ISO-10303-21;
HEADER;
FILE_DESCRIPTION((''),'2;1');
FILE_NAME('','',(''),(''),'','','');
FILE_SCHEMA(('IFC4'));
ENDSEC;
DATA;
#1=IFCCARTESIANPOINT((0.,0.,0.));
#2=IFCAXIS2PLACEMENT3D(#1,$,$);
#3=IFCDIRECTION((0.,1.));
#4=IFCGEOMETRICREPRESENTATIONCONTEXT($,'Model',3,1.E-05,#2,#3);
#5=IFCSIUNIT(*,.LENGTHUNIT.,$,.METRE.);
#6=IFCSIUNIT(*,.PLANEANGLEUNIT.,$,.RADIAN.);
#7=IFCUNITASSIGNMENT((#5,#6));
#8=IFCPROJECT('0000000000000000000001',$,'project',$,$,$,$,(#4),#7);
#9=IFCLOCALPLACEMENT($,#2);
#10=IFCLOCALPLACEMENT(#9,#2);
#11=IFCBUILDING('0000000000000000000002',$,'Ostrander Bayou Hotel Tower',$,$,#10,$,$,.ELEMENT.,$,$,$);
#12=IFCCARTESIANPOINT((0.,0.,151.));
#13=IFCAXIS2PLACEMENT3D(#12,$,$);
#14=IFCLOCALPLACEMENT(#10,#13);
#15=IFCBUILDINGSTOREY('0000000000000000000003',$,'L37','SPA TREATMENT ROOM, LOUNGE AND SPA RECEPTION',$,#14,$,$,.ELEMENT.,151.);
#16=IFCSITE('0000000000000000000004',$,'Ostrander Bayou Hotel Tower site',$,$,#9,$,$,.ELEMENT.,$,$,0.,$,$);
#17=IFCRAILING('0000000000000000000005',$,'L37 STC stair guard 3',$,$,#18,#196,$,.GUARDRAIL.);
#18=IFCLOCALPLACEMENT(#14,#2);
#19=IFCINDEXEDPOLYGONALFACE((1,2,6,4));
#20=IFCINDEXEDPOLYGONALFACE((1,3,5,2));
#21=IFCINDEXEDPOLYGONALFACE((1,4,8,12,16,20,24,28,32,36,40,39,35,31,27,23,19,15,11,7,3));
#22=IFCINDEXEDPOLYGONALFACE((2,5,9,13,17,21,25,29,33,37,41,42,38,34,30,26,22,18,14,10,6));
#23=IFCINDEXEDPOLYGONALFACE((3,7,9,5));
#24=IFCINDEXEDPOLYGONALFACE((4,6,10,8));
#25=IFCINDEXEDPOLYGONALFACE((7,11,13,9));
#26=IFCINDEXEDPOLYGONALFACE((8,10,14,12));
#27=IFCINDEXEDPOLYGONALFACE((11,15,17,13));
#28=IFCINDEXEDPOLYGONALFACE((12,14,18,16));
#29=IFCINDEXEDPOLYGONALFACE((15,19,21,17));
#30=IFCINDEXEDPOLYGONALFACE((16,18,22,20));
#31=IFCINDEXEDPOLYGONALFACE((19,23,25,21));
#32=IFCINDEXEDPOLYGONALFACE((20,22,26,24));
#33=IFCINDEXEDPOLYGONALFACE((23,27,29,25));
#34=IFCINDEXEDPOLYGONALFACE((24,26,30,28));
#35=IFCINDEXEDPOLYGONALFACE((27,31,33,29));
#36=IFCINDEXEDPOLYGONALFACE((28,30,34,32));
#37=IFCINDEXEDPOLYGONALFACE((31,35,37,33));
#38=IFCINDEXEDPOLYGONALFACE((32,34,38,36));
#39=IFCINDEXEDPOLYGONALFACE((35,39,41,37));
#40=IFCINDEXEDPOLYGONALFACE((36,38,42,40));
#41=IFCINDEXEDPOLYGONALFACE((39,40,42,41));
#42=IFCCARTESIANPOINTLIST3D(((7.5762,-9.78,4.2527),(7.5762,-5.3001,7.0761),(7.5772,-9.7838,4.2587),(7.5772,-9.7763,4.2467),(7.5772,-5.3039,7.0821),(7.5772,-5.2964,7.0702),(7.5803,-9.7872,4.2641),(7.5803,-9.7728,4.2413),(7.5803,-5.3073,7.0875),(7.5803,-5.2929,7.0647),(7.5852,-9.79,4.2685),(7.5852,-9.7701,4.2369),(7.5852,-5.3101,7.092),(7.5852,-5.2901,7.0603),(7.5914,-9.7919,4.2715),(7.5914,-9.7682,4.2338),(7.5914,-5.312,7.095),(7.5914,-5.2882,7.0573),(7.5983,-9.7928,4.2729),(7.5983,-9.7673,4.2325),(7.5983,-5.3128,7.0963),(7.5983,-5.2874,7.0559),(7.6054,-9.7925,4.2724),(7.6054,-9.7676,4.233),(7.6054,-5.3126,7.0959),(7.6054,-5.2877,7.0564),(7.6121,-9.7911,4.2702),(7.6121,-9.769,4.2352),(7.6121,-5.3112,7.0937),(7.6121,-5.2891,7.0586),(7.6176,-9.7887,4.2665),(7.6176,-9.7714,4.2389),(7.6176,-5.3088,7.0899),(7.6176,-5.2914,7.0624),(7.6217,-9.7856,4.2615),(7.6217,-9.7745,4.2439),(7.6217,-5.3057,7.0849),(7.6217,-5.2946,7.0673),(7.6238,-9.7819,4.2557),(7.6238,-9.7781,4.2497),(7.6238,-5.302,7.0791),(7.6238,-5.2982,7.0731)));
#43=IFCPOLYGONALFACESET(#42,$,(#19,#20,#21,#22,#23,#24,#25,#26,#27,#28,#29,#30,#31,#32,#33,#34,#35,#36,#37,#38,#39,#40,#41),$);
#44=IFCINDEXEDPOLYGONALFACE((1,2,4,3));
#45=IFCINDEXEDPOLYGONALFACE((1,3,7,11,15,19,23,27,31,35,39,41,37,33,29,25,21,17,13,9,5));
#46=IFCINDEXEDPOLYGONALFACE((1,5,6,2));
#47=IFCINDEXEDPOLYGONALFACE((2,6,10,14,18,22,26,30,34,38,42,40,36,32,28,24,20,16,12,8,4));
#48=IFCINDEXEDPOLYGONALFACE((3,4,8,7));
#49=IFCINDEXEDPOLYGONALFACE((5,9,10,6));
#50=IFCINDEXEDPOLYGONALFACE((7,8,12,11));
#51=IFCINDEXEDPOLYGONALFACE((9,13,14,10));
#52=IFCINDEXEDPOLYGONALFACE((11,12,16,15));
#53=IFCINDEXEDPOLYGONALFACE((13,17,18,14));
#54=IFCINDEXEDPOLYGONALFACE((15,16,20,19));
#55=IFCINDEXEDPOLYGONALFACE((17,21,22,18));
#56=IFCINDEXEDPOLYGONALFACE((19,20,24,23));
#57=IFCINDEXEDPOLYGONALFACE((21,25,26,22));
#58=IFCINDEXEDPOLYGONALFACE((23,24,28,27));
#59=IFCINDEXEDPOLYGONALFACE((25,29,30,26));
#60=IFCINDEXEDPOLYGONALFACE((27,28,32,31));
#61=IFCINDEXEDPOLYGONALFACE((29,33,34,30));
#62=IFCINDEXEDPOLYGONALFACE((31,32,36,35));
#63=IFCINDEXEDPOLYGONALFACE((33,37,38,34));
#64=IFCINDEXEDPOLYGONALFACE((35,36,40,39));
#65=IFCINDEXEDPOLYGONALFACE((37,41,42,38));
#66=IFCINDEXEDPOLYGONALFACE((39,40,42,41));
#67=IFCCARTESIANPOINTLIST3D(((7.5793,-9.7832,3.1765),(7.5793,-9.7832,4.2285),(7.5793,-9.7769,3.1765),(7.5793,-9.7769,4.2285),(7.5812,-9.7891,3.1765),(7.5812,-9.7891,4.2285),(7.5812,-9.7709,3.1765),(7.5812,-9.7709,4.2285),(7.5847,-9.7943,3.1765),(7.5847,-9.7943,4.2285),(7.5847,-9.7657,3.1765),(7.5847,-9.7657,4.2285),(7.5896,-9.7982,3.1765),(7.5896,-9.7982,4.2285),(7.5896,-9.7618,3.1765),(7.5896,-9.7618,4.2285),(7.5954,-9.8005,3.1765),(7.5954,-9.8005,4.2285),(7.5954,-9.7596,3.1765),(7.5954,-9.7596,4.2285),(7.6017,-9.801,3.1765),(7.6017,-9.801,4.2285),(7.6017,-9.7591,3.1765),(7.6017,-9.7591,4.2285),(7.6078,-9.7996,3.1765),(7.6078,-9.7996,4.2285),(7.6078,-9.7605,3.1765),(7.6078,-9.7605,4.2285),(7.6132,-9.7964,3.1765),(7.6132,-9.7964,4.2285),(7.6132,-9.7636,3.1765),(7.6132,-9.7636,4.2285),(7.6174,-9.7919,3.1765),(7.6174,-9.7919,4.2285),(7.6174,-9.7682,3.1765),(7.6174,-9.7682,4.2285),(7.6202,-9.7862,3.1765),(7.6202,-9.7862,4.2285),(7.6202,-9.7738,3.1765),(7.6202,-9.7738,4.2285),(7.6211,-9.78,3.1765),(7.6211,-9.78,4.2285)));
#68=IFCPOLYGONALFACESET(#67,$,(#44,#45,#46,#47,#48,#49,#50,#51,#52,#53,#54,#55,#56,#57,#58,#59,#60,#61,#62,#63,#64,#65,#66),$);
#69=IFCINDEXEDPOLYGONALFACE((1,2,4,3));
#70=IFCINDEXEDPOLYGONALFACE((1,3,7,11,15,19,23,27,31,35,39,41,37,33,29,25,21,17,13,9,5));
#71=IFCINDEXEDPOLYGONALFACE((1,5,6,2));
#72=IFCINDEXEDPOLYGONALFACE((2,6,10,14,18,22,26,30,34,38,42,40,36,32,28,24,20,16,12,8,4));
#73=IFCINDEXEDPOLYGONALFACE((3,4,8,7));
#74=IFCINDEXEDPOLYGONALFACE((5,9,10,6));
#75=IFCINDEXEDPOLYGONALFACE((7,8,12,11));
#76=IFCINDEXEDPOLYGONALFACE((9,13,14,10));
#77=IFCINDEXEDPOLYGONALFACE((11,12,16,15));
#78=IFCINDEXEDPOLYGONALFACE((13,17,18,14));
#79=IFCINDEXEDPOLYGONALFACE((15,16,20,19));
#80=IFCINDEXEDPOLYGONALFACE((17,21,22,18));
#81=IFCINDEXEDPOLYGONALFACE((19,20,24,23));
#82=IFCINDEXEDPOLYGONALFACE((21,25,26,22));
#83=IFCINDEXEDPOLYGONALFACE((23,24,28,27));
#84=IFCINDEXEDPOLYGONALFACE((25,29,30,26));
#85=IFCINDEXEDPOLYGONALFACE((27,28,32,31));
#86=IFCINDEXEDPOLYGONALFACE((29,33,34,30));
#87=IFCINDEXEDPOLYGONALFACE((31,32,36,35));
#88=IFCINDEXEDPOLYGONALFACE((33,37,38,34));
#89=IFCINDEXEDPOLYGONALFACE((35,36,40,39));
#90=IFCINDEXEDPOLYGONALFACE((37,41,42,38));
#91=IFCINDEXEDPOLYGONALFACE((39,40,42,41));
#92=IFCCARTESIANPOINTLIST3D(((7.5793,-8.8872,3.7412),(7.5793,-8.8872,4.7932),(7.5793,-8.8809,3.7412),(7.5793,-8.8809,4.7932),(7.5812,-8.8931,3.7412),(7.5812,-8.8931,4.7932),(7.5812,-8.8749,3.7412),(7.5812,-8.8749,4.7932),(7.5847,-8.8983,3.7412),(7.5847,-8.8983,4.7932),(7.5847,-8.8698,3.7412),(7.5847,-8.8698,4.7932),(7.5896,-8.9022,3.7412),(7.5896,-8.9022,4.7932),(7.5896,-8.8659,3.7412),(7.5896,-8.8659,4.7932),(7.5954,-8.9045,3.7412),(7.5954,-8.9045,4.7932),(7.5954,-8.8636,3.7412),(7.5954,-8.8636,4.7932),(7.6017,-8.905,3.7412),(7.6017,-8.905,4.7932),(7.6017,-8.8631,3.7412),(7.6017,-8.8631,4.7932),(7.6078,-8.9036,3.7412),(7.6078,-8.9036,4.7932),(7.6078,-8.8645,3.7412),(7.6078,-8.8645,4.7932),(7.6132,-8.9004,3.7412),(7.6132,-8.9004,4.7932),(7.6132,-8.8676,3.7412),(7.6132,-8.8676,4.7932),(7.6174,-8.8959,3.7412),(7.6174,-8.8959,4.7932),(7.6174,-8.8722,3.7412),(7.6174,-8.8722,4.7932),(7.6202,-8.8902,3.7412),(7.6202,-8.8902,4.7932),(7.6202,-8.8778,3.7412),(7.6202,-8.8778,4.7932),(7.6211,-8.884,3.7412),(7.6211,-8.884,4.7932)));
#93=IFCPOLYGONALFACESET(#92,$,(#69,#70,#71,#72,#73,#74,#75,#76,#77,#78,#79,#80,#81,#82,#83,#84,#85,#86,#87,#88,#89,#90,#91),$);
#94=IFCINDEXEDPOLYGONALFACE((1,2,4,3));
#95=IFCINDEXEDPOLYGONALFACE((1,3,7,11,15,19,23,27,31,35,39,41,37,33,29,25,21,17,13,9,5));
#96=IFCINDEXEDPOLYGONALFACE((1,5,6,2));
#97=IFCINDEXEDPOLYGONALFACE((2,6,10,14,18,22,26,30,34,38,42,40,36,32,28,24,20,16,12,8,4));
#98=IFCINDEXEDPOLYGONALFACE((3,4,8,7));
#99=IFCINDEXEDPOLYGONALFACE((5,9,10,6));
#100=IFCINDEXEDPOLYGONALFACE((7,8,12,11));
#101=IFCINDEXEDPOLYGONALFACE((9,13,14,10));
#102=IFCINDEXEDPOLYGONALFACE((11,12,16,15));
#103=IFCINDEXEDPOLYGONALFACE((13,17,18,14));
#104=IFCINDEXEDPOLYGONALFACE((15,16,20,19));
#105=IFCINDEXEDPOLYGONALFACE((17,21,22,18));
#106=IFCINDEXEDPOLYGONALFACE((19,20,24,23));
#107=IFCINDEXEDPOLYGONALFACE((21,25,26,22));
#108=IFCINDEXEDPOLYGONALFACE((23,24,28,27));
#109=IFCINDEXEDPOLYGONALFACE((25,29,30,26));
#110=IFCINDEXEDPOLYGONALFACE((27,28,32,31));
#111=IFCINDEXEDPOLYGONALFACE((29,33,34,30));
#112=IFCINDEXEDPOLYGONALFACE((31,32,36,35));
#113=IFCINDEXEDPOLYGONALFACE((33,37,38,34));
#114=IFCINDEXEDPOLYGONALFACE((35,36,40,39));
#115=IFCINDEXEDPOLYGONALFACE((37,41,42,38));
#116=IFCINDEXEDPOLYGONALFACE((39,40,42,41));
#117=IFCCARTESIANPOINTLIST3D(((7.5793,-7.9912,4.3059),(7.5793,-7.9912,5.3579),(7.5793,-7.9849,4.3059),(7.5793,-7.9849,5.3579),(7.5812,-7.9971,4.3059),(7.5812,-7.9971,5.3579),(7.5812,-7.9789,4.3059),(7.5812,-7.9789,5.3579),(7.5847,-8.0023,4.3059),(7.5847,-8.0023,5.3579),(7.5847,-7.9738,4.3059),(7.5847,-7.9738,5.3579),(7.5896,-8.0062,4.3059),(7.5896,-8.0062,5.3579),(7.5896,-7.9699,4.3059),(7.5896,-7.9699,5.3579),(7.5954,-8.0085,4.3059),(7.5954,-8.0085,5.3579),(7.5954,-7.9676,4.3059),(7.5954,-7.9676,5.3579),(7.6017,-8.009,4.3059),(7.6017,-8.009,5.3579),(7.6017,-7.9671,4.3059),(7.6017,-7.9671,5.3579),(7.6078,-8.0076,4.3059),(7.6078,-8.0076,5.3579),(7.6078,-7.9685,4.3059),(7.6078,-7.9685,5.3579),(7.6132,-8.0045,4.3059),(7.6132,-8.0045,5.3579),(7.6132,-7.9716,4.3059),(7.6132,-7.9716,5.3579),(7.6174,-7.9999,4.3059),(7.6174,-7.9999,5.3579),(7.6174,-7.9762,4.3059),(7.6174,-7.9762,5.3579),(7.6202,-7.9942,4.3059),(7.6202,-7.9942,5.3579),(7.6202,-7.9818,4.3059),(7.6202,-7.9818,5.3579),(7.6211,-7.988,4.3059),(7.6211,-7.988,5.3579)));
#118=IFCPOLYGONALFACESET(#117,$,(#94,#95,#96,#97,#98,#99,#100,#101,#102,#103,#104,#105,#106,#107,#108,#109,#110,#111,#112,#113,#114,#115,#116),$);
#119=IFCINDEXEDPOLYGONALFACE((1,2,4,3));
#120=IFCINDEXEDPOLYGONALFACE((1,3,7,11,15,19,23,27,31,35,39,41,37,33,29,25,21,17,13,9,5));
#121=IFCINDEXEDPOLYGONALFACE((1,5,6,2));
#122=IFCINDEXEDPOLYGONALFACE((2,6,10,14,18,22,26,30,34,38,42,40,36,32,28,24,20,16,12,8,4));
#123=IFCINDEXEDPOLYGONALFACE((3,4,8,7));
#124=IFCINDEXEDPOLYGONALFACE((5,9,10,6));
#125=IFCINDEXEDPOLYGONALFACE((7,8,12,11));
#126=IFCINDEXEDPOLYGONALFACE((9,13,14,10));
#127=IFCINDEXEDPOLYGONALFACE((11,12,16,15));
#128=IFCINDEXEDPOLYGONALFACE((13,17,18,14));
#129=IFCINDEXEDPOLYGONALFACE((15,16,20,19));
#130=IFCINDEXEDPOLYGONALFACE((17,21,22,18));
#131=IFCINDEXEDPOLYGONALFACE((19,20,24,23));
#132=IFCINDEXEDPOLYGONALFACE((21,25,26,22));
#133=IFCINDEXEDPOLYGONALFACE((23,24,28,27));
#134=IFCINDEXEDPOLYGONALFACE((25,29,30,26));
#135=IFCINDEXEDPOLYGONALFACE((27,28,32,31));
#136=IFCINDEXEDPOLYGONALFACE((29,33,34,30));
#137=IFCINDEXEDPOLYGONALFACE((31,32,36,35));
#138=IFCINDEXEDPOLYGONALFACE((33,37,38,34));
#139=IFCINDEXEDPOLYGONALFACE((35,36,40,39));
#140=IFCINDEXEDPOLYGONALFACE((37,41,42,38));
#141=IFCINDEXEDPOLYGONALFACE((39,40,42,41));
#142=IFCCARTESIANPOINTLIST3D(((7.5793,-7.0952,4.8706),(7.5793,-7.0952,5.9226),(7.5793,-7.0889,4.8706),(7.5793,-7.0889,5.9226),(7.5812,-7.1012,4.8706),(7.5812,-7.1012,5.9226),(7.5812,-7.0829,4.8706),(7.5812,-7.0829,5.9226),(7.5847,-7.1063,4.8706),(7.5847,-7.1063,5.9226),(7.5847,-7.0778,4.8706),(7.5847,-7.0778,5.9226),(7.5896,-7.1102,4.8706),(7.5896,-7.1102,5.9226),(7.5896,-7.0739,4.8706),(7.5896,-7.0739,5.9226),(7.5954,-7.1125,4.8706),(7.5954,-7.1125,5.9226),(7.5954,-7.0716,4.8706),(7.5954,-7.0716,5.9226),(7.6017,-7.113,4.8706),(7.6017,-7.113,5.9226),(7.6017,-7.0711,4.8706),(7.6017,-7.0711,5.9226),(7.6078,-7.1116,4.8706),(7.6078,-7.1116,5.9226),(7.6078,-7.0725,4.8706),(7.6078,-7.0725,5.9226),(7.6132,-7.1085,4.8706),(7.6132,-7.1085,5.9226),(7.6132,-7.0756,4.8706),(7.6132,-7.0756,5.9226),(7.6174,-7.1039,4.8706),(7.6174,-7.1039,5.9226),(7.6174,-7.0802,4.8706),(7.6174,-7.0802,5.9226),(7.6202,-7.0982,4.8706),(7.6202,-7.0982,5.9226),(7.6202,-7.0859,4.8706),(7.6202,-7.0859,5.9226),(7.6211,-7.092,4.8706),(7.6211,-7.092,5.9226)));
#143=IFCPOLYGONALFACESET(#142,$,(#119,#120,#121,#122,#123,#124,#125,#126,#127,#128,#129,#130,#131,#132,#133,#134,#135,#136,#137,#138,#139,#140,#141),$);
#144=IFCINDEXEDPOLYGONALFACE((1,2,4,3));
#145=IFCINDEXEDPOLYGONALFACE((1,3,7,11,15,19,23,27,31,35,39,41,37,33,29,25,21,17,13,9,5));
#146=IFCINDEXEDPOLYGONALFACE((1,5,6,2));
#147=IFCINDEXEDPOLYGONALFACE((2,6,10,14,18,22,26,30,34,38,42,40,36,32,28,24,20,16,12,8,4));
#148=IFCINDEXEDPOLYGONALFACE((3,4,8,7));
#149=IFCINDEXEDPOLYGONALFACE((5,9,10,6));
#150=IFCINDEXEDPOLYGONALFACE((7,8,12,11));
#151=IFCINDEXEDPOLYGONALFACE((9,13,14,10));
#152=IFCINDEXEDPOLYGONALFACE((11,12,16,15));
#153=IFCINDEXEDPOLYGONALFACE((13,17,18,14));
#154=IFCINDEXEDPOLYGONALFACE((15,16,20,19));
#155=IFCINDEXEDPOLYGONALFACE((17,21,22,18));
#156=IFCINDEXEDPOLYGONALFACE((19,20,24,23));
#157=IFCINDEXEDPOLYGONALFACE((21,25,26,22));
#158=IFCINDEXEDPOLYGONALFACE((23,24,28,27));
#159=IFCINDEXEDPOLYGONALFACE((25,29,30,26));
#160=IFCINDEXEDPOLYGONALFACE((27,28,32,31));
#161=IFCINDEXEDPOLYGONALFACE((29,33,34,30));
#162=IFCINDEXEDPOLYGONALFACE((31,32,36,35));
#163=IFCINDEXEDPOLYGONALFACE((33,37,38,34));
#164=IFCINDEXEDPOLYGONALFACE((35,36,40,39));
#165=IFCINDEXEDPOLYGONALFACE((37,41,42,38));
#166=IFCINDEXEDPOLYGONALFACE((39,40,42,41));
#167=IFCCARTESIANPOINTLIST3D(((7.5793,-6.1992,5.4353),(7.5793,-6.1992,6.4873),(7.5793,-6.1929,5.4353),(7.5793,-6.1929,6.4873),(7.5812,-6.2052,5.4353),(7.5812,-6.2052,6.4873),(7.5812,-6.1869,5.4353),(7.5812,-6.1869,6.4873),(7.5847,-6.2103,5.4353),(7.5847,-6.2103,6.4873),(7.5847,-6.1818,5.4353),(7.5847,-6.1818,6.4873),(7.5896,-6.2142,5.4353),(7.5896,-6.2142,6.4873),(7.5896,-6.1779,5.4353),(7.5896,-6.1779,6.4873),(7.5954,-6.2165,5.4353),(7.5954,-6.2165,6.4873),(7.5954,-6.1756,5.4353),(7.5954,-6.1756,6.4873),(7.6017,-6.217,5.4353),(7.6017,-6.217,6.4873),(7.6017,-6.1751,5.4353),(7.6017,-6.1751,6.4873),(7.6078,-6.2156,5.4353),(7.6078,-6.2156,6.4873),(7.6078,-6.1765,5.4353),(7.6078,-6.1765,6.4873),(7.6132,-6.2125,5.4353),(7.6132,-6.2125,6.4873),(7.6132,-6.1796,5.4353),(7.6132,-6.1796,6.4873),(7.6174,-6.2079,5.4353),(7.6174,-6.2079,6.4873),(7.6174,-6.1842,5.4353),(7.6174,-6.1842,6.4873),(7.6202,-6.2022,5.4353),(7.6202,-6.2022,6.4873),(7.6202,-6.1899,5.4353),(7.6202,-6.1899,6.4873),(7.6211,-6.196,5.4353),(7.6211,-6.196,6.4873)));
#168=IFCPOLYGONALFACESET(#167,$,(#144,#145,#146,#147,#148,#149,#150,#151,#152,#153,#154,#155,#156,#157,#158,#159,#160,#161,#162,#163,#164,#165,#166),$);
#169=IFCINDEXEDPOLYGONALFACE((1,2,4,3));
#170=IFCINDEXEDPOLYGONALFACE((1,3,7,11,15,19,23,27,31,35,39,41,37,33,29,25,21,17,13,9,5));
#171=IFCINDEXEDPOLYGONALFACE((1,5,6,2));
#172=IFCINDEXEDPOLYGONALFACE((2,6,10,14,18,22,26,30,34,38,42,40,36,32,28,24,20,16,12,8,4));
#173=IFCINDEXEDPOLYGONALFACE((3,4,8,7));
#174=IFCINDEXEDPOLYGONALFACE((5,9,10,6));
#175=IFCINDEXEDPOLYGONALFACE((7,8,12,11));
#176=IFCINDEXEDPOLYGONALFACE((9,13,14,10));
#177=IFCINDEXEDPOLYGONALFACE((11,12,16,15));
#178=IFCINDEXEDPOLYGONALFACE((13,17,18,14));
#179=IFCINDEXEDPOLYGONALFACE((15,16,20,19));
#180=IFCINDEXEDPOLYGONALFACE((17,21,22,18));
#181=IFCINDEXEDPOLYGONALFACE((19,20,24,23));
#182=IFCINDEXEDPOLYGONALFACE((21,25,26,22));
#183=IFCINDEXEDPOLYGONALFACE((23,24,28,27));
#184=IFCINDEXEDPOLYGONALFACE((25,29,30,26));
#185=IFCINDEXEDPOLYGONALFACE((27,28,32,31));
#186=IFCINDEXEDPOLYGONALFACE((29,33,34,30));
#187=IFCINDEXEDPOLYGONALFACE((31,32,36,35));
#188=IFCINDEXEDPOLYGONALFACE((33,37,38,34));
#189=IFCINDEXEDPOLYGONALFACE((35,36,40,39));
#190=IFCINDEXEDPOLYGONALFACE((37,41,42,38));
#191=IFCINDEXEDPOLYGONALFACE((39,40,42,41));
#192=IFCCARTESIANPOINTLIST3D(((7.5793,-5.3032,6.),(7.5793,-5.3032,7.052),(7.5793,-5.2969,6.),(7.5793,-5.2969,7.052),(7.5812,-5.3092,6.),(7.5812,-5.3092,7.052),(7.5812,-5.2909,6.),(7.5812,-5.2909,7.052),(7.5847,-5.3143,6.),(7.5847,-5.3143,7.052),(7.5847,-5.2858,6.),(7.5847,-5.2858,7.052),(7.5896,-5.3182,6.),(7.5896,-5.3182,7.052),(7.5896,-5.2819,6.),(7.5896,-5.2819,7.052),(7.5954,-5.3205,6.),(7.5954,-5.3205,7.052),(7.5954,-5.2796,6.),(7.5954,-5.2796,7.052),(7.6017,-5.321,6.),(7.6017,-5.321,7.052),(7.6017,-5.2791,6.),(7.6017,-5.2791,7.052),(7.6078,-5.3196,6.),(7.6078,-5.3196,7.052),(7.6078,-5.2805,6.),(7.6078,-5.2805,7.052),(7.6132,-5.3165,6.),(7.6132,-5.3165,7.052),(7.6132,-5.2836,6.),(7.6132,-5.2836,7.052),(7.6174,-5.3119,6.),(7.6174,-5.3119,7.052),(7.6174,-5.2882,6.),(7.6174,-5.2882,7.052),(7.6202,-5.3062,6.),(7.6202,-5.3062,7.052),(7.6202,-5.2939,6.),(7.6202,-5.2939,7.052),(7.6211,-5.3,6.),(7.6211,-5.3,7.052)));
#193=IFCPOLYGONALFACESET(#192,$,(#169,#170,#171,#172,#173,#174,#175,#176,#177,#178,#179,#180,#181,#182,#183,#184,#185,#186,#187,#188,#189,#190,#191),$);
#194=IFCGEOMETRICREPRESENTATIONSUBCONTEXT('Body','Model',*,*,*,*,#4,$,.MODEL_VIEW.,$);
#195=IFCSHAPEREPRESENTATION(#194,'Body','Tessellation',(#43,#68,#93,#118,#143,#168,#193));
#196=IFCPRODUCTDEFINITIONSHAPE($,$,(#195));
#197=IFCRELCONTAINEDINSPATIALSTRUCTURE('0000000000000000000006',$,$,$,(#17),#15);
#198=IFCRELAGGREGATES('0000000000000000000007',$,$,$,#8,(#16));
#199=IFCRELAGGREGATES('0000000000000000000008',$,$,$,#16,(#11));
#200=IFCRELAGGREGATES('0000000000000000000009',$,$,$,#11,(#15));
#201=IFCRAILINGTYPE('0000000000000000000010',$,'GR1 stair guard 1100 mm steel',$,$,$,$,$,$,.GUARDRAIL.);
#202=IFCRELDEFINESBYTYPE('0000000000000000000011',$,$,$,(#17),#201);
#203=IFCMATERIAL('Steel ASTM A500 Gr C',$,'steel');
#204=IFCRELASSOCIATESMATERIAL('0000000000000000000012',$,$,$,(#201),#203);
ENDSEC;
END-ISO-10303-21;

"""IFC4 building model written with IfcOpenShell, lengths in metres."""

from ifc_helpers import new_model, si_unit, direction, frame, origin, origin_2d, place, context, subcontext, project, spatial, circle, extrude, material, type_object, element, save


model = new_model("IFC4")

# Units and contexts
model_context = context("Model", 3, precision=1e-05, world=origin(), true_north=direction((0.0, 1.0)))
body_context = subcontext(model_context, "Body", "Model", "MODEL_VIEW")
ifc_project = project(units=[si_unit("LENGTHUNIT", "METRE"), si_unit("PLANEANGLEUNIT", "RADIAN")], contexts=[model_context])

# Site, building, storey
site_placement = place(None, origin())
site = spatial("IfcSite", under=ifc_project, at=site_placement, Name="Ostrander Bayou Hotel Tower site", CompositionType="ELEMENT", RefElevation=0.0)
building_placement = place(site_placement, origin())
building = spatial("IfcBuilding", under=site, at=building_placement, Name="Ostrander Bayou Hotel Tower", CompositionType="ELEMENT")
storey_placement = place(building_placement, frame((0.0, 0.0, 151.0)))
storey = spatial("IfcBuildingStorey", under=building, at=storey_placement, Name="L37", Description="SPA TREATMENT ROOM, LOUNGE AND SPA RECEPTION", CompositionType="ELEMENT", Elevation=151.0)

# Railing
ifc_material_1 = material(Name="Steel ASTM A500 Gr C", Category="steel")
railing_type_1 = type_object("IfcRailingType", Name="GR1 stair guard 1100 mm steel", PredefinedType="GUARDRAIL", material=ifc_material_1)
railing_1_placement = place(storey_placement, frame((7.6001, -9.78, 3.1765)))
element("IfcRailing", 1, at=railing_1_placement, inside=storey, type_object=railing_type_1, Name="L37 STC stair guard 3", PredefinedType="GUARDRAIL", context=body_context, shape_type="SweptSolid", body=[
    extrude(circle(Radius=0.0239, at=origin_2d()), frame((0.0, 0.0, 1.0762), z_axis=(0.0, 0.845998, 0.533186), x_axis=(-1.0, 0.0, 0.0)), (0.0, 0.0, 1.0), 5.2954),
    extrude(circle(Radius=0.021, at=origin_2d()), origin(), (0.0, 0.0, 1.0), 1.052),
    extrude(circle(Radius=0.021, at=origin_2d()), frame((0.0, 0.896, 0.5647)), (0.0, 0.0, 1.0), 1.052),
    extrude(circle(Radius=0.021, at=origin_2d()), frame((0.0, 1.792, 1.1294)), (0.0, 0.0, 1.0), 1.052),
    extrude(circle(Radius=0.021, at=origin_2d()), frame((0.0, 2.688, 1.6941)), (0.0, 0.0, 1.0), 1.052),
    extrude(circle(Radius=0.021, at=origin_2d()), frame((0.0, 3.584, 2.2588)), (0.0, 0.0, 1.0), 1.052),
    extrude(circle(Radius=0.021, at=origin_2d()), frame((0.0, 4.48, 2.8235)), (0.0, 0.0, 1.0), 1.052),
])

save(model, "model.ifc")
